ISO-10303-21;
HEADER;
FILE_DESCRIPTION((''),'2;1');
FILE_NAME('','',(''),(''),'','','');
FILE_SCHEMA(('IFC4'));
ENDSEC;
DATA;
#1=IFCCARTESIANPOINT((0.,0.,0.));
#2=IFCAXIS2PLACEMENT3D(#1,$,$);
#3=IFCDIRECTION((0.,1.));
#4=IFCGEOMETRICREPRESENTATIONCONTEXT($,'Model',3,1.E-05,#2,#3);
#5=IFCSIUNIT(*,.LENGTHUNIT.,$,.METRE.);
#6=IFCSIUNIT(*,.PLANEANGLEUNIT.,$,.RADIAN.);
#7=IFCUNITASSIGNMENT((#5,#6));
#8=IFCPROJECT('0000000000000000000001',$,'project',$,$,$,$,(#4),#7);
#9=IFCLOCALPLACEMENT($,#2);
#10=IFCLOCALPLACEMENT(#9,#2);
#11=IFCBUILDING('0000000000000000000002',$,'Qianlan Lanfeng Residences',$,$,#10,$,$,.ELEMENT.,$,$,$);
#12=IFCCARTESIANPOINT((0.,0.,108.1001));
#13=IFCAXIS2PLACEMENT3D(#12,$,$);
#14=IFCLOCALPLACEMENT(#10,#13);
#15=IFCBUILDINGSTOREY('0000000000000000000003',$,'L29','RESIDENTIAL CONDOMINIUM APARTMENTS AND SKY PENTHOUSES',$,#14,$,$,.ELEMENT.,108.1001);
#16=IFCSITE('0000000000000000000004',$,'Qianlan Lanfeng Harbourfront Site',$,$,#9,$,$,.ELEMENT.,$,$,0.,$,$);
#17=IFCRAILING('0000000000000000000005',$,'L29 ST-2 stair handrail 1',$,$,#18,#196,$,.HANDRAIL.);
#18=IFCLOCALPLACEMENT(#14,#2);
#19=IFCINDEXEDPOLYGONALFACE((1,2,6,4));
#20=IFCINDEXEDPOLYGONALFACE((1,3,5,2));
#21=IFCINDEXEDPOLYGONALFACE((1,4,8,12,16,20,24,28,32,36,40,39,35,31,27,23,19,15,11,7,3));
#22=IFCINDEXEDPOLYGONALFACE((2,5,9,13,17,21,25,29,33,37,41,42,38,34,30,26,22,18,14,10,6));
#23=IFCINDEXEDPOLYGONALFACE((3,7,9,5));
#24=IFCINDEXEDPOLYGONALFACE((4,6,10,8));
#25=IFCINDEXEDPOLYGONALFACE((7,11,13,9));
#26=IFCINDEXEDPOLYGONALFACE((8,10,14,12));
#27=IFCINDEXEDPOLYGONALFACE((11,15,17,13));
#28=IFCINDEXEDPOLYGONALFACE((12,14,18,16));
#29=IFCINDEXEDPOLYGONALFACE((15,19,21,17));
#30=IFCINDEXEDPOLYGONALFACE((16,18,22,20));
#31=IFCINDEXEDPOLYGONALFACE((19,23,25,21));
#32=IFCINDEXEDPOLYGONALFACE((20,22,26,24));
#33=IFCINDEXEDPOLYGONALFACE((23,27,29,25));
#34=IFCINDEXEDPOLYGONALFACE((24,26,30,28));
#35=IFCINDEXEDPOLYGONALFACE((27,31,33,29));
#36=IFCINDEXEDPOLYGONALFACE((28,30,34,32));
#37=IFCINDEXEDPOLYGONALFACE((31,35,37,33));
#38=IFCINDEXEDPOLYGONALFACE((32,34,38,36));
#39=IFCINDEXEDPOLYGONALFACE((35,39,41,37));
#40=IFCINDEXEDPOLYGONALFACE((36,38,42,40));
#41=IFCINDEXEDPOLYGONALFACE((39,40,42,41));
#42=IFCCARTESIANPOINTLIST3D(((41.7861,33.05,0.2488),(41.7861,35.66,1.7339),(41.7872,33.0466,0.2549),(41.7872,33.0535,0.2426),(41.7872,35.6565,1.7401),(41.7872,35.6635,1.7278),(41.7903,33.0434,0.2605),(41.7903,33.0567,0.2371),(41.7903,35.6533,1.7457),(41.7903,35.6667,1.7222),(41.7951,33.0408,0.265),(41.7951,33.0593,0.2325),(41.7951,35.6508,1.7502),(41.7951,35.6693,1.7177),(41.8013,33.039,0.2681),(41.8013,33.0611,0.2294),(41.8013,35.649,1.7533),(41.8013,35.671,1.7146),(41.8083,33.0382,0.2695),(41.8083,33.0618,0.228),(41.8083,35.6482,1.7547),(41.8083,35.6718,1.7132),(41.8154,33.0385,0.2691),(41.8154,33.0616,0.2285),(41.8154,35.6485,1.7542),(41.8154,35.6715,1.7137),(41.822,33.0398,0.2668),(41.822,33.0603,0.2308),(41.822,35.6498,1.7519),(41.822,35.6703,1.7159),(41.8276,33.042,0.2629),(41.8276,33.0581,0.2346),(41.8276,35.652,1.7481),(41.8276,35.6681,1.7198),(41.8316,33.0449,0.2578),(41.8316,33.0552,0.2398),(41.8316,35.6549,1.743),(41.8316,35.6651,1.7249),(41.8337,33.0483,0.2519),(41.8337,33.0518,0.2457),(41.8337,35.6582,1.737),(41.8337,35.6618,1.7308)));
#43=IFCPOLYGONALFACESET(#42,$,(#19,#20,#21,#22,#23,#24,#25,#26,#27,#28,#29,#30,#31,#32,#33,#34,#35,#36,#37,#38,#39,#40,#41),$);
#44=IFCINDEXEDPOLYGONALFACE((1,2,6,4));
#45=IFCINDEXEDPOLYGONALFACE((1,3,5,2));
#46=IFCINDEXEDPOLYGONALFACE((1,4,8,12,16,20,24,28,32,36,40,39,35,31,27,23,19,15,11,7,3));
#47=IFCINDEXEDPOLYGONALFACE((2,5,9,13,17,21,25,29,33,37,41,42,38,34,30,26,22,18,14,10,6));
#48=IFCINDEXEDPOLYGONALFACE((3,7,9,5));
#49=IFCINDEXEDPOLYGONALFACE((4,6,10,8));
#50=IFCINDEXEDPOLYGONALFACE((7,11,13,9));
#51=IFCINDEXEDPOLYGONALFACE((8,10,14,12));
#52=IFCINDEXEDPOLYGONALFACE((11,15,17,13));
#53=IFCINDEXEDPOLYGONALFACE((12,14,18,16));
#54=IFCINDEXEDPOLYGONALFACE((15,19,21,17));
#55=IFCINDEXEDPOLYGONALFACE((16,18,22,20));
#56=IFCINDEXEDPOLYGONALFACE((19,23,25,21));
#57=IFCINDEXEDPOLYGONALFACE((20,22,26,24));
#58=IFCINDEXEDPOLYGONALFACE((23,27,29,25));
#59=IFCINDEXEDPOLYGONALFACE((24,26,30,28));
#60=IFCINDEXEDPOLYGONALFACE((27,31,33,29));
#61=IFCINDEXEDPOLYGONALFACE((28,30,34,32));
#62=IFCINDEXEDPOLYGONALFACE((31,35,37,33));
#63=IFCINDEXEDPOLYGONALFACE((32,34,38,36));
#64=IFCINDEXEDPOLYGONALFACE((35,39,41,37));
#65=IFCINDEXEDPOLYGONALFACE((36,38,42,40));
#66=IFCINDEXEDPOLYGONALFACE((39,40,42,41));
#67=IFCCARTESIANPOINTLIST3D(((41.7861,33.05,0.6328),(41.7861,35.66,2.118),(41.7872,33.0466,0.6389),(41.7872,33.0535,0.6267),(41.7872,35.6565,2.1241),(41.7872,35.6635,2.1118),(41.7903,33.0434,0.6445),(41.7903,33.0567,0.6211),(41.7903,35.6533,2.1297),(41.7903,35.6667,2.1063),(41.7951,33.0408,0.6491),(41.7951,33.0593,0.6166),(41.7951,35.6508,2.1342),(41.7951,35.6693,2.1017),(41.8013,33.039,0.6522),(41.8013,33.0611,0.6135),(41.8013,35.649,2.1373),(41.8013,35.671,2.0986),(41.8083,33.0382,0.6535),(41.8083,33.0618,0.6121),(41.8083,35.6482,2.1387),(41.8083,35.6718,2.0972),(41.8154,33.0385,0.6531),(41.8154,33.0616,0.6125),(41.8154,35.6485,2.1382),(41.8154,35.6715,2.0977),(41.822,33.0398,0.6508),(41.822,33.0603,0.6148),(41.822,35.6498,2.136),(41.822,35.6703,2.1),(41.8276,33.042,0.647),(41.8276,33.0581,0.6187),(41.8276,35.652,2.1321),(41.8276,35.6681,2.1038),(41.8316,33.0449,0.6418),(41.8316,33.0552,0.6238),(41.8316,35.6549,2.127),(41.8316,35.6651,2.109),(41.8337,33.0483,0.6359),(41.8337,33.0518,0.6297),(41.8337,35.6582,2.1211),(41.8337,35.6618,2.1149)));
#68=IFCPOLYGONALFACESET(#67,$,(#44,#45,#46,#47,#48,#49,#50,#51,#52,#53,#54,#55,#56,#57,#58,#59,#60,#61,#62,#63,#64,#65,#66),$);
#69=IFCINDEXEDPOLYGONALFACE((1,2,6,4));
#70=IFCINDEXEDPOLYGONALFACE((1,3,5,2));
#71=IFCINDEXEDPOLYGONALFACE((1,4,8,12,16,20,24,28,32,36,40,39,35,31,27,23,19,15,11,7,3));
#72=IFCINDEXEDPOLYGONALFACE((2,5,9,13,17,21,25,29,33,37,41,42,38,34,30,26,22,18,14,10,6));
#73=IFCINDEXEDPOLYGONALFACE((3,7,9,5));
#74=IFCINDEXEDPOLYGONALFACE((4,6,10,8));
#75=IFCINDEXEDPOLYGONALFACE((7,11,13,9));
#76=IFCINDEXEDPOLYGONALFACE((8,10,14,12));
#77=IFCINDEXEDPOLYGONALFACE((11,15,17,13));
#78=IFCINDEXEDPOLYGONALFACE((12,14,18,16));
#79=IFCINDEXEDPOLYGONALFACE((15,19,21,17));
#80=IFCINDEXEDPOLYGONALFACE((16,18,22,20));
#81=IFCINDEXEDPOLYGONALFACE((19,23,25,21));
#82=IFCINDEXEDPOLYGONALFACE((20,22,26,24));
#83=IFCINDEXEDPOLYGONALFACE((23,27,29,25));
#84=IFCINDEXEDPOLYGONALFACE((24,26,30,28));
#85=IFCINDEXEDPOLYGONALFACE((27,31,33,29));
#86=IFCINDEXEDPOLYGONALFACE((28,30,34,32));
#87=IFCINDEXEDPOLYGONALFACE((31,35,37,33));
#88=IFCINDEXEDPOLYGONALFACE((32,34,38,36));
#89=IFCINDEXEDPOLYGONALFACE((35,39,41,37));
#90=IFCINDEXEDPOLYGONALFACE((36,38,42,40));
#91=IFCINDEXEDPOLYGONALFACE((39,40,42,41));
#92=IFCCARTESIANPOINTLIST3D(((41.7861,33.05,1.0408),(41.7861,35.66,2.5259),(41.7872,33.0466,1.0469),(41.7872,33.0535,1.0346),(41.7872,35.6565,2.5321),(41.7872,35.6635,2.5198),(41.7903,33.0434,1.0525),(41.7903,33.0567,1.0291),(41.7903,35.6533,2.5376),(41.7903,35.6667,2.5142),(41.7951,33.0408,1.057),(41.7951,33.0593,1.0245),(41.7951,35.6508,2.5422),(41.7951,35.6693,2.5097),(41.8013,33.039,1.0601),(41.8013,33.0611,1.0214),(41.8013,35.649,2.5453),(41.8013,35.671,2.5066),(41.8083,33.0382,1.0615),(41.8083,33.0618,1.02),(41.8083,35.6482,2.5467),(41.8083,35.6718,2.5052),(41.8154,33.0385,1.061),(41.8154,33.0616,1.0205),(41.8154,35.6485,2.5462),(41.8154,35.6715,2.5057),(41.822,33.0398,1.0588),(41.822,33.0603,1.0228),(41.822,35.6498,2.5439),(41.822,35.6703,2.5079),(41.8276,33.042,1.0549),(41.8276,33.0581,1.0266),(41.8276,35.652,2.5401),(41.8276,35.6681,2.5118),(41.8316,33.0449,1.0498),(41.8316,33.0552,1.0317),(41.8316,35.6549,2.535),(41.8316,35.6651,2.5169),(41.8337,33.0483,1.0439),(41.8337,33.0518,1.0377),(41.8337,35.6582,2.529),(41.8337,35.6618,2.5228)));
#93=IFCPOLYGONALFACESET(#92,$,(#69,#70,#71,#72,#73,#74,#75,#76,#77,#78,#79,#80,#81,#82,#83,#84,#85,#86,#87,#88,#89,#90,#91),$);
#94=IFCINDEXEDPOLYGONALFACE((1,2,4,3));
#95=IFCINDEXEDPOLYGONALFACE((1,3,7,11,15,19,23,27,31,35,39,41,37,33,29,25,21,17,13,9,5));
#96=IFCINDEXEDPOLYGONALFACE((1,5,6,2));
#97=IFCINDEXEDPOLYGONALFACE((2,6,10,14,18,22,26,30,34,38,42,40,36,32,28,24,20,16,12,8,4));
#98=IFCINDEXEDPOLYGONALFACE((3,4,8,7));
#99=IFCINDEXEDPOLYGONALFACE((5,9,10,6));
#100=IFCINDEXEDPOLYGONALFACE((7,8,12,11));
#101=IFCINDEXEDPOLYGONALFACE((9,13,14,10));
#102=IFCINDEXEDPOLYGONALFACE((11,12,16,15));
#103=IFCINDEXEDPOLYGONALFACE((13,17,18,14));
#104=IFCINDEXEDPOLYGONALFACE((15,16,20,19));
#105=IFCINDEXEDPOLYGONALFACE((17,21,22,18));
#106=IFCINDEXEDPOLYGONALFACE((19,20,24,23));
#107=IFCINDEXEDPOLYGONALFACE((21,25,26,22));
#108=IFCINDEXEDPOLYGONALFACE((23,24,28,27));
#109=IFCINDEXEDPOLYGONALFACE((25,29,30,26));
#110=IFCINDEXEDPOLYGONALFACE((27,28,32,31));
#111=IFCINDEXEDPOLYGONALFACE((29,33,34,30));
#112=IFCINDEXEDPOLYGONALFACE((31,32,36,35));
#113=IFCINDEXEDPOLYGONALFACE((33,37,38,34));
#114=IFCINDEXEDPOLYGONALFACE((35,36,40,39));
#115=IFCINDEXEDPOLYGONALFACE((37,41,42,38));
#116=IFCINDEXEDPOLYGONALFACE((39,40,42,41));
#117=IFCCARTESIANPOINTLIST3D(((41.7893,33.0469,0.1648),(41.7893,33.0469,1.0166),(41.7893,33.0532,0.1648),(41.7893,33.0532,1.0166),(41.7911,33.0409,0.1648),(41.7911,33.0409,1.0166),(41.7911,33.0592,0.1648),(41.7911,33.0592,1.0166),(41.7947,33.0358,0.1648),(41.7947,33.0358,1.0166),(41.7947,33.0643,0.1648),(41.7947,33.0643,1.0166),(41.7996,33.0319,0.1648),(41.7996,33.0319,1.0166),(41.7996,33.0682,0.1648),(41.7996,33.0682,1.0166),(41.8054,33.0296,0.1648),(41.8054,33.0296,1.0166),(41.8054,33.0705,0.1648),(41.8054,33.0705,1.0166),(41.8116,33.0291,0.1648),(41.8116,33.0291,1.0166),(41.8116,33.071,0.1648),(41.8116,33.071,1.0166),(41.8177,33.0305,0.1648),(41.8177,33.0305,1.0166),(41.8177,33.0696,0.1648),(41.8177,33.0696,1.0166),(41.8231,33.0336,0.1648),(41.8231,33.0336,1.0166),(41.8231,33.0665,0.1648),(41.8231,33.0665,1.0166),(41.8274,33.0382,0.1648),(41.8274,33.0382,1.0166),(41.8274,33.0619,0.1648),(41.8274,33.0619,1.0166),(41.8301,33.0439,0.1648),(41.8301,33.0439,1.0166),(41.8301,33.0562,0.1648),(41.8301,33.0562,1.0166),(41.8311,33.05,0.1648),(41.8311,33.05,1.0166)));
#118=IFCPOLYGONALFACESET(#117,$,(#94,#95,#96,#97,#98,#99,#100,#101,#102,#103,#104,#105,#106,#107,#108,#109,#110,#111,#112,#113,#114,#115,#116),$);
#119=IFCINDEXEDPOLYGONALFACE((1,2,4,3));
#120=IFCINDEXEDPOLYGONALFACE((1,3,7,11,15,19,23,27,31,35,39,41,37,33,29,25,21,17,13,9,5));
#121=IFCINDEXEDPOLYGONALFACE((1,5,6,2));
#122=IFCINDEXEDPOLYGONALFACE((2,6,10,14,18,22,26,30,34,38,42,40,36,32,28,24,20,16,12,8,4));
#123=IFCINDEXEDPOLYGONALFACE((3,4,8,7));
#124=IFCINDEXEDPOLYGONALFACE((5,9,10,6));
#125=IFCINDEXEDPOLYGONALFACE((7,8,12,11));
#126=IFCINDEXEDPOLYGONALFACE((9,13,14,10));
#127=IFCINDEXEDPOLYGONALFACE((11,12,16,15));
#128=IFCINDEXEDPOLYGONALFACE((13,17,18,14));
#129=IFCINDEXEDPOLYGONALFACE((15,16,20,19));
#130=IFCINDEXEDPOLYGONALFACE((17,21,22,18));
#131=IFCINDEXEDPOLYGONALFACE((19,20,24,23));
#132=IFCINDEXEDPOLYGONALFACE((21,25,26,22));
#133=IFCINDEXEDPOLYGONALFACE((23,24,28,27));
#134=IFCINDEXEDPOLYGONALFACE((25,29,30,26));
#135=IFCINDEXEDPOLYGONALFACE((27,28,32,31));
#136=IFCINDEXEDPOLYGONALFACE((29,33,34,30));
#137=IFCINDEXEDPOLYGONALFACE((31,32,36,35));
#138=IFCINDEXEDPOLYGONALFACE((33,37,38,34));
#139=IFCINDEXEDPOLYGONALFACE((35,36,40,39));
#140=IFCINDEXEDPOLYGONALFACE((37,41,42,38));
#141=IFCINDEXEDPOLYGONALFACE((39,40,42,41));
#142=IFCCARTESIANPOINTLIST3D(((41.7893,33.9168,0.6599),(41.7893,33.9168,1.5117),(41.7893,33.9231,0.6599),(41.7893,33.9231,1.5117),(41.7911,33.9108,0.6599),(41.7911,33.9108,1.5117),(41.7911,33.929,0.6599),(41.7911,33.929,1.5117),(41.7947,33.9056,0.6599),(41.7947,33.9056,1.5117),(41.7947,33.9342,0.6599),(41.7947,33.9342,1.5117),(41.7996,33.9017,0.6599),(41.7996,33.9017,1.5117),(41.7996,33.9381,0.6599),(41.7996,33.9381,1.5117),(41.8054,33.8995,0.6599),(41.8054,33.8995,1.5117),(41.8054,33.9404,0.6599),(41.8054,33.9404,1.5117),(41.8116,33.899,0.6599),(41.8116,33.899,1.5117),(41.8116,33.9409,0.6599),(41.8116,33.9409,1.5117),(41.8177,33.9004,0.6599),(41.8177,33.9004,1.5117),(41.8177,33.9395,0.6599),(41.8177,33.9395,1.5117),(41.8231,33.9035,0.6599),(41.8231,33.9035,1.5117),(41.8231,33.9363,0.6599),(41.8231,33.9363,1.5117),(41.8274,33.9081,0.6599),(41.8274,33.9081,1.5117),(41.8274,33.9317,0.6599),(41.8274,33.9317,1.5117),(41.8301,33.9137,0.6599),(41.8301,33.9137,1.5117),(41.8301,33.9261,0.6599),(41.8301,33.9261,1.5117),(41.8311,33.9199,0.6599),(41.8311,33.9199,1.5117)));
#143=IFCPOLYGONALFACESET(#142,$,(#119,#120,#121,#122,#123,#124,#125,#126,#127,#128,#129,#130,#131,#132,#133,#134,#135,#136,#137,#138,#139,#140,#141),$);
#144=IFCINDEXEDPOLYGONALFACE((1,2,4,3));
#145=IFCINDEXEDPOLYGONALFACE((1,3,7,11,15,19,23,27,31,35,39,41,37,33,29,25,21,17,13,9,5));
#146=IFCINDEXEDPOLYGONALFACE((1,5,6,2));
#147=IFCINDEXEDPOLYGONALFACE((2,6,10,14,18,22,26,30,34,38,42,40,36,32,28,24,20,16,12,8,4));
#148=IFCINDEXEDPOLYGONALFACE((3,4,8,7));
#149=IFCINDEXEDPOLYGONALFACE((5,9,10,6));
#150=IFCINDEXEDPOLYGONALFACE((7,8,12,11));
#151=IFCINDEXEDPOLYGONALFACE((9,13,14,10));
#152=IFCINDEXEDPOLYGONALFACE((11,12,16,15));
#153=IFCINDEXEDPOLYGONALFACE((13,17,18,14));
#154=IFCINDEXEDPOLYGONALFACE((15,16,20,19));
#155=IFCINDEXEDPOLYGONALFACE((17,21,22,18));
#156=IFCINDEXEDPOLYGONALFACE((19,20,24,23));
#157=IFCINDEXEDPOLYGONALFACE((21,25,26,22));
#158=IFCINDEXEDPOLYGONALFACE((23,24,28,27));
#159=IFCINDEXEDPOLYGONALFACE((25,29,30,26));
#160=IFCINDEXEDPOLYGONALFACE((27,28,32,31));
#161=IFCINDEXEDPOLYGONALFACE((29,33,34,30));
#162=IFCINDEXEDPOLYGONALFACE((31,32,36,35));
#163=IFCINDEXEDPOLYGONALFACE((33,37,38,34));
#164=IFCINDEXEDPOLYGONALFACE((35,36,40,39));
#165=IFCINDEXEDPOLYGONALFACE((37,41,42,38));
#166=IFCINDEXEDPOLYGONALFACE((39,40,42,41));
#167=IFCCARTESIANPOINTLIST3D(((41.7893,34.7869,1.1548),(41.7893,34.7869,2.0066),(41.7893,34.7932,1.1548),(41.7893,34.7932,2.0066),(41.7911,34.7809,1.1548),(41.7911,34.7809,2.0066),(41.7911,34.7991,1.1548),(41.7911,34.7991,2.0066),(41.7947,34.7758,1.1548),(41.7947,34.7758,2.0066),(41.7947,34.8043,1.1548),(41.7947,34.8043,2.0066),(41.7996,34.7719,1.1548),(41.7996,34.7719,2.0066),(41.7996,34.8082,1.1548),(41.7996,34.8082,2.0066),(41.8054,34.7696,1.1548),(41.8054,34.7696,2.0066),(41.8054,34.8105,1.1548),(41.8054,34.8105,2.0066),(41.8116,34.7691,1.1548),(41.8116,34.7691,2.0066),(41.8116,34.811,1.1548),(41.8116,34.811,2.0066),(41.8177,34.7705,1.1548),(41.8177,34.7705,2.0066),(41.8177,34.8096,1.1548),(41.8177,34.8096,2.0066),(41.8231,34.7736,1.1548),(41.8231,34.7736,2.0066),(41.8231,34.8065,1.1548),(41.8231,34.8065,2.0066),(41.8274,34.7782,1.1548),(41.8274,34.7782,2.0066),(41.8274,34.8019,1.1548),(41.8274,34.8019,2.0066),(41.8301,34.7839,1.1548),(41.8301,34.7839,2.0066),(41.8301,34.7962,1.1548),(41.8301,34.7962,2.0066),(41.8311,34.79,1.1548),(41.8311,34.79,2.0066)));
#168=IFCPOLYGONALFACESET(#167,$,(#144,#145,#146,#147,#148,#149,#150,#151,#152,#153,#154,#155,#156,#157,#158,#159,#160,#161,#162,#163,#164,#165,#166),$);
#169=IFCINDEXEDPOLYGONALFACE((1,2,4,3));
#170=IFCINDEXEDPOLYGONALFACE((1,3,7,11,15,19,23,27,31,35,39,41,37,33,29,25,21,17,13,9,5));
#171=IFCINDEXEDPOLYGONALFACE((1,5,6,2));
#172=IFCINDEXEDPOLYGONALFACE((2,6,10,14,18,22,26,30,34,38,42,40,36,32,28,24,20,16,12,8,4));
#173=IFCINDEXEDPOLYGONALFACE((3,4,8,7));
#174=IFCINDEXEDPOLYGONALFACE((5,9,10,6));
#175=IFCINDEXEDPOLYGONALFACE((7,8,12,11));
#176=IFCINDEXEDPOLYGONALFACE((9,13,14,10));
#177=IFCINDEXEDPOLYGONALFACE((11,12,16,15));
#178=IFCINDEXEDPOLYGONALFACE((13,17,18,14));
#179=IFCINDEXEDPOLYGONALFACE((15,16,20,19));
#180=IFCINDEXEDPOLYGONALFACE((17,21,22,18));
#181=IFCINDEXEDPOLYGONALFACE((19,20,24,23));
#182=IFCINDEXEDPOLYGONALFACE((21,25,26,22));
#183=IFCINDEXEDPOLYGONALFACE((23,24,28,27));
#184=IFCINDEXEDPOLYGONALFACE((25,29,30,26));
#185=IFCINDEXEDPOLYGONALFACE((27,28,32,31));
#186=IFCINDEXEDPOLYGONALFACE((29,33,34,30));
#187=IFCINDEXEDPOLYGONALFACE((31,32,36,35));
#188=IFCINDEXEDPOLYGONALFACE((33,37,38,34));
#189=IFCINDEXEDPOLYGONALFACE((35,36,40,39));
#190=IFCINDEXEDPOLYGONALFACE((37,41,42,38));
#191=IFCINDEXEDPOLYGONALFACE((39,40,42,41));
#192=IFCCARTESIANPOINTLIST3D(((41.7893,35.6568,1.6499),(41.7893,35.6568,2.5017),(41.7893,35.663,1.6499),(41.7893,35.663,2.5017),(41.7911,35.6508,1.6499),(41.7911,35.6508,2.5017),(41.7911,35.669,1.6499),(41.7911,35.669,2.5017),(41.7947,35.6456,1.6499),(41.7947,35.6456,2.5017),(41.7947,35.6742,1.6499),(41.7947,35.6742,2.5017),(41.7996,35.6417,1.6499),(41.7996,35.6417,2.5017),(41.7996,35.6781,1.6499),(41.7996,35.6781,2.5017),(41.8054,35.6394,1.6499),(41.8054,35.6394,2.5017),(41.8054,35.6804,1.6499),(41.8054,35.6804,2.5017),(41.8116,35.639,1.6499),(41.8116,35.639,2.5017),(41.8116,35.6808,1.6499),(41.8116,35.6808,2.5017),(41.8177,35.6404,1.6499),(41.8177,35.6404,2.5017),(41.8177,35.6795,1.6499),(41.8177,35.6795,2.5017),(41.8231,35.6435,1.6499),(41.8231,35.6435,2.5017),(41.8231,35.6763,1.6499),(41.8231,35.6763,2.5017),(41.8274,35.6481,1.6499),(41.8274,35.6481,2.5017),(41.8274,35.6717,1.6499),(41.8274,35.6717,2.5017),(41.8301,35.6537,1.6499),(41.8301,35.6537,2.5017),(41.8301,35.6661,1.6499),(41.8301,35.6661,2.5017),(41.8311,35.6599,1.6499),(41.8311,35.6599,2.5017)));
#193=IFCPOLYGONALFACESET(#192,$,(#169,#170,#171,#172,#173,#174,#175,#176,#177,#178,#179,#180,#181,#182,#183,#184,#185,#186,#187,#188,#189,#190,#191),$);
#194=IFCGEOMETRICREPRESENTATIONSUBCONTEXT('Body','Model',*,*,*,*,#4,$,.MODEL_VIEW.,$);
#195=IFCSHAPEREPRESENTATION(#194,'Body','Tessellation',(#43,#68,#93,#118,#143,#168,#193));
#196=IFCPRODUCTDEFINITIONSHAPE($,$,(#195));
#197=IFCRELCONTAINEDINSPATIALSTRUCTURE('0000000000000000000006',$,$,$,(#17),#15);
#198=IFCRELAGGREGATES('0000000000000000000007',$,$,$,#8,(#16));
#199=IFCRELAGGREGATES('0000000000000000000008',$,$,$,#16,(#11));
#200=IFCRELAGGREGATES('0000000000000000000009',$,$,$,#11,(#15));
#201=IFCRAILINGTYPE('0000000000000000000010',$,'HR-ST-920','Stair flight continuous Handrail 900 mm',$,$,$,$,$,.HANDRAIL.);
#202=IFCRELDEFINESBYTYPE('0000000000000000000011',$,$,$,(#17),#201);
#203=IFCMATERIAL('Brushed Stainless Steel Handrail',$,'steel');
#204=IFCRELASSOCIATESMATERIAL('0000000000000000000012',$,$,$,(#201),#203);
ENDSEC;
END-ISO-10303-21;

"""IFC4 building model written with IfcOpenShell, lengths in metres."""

from ifc_helpers import new_model, si_unit, direction, frame, origin, origin_2d, place, context, subcontext, project, spatial, circle, extrude, material, type_object, element, save


model = new_model("IFC4")

# Units and contexts
model_context = context("Model", 3, precision=1e-05, world=origin(), true_north=direction((0.0, 1.0)))
body_context = subcontext(model_context, "Body", "Model", "MODEL_VIEW")
ifc_project = project(units=[si_unit("LENGTHUNIT", "METRE"), si_unit("PLANEANGLEUNIT", "RADIAN")], contexts=[model_context])

# Site, building, storey
site_placement = place(None, origin())
site = spatial("IfcSite", under=ifc_project, at=site_placement, Name="Qianlan Lanfeng Harbourfront Site", CompositionType="ELEMENT", RefElevation=0.0)
building_placement = place(site_placement, origin())
building = spatial("IfcBuilding", under=site, at=building_placement, Name="Qianlan Lanfeng Residences", CompositionType="ELEMENT")
storey_placement = place(building_placement, frame((0.0, 0.0, 108.1001)))
storey = spatial("IfcBuildingStorey", under=building, at=storey_placement, Name="L29", Description="RESIDENTIAL CONDOMINIUM APARTMENTS AND SKY PENTHOUSES", CompositionType="ELEMENT", Elevation=108.1001)

# Railing
ifc_material_1 = material(Name="Brushed Stainless Steel Handrail", Category="steel")
railing_type_1 = type_object("IfcRailingType", Name="HR-ST-920", Description="Stair flight continuous Handrail 900 mm", PredefinedType="HANDRAIL", material=ifc_material_1)
railing_1_placement = place(storey_placement, frame((41.8101, 33.05, 0.1648)))
element("IfcRailing", 1, at=railing_1_placement, inside=storey, type_object=railing_type_1, Name="L29 ST-2 stair handrail 1", PredefinedType="HANDRAIL", context=body_context, shape_type="SweptSolid", body=[
    extrude(circle(Radius=0.0239, at=origin_2d()), frame((0.0, 0.0, 0.084), z_axis=(0.0, 0.869137, 0.494571), x_axis=(-1.0, 0.0, 0.0)), (0.0, 0.0, 1.0), 3.0029),
    extrude(circle(Radius=0.0239, at=origin_2d()), frame((0.0, 0.0, 0.468), z_axis=(0.0, 0.869137, 0.494571), x_axis=(-1.0, 0.0, 0.0)), (0.0, 0.0, 1.0), 3.0029),
    extrude(circle(Radius=0.0239, at=origin_2d()), frame((0.0, 0.0, 0.876), z_axis=(0.0, 0.869137, 0.494571), x_axis=(-1.0, 0.0, 0.0)), (0.0, 0.0, 1.0), 3.0029),
    extrude(circle(Radius=0.021, at=origin_2d()), origin(), (0.0, 0.0, 1.0), 0.8518),
    extrude(circle(Radius=0.021, at=origin_2d()), frame((0.0, 0.8699, 0.4951)), (0.0, 0.0, 1.0), 0.8518),
    extrude(circle(Radius=0.021, at=origin_2d()), frame((0.0, 1.74, 0.99)), (0.0, 0.0, 1.0), 0.8518),
    extrude(circle(Radius=0.021, at=origin_2d()), frame((0.0, 2.6099, 1.4851)), (0.0, 0.0, 1.0), 0.8518),
])

save(model, "model.ifc")
